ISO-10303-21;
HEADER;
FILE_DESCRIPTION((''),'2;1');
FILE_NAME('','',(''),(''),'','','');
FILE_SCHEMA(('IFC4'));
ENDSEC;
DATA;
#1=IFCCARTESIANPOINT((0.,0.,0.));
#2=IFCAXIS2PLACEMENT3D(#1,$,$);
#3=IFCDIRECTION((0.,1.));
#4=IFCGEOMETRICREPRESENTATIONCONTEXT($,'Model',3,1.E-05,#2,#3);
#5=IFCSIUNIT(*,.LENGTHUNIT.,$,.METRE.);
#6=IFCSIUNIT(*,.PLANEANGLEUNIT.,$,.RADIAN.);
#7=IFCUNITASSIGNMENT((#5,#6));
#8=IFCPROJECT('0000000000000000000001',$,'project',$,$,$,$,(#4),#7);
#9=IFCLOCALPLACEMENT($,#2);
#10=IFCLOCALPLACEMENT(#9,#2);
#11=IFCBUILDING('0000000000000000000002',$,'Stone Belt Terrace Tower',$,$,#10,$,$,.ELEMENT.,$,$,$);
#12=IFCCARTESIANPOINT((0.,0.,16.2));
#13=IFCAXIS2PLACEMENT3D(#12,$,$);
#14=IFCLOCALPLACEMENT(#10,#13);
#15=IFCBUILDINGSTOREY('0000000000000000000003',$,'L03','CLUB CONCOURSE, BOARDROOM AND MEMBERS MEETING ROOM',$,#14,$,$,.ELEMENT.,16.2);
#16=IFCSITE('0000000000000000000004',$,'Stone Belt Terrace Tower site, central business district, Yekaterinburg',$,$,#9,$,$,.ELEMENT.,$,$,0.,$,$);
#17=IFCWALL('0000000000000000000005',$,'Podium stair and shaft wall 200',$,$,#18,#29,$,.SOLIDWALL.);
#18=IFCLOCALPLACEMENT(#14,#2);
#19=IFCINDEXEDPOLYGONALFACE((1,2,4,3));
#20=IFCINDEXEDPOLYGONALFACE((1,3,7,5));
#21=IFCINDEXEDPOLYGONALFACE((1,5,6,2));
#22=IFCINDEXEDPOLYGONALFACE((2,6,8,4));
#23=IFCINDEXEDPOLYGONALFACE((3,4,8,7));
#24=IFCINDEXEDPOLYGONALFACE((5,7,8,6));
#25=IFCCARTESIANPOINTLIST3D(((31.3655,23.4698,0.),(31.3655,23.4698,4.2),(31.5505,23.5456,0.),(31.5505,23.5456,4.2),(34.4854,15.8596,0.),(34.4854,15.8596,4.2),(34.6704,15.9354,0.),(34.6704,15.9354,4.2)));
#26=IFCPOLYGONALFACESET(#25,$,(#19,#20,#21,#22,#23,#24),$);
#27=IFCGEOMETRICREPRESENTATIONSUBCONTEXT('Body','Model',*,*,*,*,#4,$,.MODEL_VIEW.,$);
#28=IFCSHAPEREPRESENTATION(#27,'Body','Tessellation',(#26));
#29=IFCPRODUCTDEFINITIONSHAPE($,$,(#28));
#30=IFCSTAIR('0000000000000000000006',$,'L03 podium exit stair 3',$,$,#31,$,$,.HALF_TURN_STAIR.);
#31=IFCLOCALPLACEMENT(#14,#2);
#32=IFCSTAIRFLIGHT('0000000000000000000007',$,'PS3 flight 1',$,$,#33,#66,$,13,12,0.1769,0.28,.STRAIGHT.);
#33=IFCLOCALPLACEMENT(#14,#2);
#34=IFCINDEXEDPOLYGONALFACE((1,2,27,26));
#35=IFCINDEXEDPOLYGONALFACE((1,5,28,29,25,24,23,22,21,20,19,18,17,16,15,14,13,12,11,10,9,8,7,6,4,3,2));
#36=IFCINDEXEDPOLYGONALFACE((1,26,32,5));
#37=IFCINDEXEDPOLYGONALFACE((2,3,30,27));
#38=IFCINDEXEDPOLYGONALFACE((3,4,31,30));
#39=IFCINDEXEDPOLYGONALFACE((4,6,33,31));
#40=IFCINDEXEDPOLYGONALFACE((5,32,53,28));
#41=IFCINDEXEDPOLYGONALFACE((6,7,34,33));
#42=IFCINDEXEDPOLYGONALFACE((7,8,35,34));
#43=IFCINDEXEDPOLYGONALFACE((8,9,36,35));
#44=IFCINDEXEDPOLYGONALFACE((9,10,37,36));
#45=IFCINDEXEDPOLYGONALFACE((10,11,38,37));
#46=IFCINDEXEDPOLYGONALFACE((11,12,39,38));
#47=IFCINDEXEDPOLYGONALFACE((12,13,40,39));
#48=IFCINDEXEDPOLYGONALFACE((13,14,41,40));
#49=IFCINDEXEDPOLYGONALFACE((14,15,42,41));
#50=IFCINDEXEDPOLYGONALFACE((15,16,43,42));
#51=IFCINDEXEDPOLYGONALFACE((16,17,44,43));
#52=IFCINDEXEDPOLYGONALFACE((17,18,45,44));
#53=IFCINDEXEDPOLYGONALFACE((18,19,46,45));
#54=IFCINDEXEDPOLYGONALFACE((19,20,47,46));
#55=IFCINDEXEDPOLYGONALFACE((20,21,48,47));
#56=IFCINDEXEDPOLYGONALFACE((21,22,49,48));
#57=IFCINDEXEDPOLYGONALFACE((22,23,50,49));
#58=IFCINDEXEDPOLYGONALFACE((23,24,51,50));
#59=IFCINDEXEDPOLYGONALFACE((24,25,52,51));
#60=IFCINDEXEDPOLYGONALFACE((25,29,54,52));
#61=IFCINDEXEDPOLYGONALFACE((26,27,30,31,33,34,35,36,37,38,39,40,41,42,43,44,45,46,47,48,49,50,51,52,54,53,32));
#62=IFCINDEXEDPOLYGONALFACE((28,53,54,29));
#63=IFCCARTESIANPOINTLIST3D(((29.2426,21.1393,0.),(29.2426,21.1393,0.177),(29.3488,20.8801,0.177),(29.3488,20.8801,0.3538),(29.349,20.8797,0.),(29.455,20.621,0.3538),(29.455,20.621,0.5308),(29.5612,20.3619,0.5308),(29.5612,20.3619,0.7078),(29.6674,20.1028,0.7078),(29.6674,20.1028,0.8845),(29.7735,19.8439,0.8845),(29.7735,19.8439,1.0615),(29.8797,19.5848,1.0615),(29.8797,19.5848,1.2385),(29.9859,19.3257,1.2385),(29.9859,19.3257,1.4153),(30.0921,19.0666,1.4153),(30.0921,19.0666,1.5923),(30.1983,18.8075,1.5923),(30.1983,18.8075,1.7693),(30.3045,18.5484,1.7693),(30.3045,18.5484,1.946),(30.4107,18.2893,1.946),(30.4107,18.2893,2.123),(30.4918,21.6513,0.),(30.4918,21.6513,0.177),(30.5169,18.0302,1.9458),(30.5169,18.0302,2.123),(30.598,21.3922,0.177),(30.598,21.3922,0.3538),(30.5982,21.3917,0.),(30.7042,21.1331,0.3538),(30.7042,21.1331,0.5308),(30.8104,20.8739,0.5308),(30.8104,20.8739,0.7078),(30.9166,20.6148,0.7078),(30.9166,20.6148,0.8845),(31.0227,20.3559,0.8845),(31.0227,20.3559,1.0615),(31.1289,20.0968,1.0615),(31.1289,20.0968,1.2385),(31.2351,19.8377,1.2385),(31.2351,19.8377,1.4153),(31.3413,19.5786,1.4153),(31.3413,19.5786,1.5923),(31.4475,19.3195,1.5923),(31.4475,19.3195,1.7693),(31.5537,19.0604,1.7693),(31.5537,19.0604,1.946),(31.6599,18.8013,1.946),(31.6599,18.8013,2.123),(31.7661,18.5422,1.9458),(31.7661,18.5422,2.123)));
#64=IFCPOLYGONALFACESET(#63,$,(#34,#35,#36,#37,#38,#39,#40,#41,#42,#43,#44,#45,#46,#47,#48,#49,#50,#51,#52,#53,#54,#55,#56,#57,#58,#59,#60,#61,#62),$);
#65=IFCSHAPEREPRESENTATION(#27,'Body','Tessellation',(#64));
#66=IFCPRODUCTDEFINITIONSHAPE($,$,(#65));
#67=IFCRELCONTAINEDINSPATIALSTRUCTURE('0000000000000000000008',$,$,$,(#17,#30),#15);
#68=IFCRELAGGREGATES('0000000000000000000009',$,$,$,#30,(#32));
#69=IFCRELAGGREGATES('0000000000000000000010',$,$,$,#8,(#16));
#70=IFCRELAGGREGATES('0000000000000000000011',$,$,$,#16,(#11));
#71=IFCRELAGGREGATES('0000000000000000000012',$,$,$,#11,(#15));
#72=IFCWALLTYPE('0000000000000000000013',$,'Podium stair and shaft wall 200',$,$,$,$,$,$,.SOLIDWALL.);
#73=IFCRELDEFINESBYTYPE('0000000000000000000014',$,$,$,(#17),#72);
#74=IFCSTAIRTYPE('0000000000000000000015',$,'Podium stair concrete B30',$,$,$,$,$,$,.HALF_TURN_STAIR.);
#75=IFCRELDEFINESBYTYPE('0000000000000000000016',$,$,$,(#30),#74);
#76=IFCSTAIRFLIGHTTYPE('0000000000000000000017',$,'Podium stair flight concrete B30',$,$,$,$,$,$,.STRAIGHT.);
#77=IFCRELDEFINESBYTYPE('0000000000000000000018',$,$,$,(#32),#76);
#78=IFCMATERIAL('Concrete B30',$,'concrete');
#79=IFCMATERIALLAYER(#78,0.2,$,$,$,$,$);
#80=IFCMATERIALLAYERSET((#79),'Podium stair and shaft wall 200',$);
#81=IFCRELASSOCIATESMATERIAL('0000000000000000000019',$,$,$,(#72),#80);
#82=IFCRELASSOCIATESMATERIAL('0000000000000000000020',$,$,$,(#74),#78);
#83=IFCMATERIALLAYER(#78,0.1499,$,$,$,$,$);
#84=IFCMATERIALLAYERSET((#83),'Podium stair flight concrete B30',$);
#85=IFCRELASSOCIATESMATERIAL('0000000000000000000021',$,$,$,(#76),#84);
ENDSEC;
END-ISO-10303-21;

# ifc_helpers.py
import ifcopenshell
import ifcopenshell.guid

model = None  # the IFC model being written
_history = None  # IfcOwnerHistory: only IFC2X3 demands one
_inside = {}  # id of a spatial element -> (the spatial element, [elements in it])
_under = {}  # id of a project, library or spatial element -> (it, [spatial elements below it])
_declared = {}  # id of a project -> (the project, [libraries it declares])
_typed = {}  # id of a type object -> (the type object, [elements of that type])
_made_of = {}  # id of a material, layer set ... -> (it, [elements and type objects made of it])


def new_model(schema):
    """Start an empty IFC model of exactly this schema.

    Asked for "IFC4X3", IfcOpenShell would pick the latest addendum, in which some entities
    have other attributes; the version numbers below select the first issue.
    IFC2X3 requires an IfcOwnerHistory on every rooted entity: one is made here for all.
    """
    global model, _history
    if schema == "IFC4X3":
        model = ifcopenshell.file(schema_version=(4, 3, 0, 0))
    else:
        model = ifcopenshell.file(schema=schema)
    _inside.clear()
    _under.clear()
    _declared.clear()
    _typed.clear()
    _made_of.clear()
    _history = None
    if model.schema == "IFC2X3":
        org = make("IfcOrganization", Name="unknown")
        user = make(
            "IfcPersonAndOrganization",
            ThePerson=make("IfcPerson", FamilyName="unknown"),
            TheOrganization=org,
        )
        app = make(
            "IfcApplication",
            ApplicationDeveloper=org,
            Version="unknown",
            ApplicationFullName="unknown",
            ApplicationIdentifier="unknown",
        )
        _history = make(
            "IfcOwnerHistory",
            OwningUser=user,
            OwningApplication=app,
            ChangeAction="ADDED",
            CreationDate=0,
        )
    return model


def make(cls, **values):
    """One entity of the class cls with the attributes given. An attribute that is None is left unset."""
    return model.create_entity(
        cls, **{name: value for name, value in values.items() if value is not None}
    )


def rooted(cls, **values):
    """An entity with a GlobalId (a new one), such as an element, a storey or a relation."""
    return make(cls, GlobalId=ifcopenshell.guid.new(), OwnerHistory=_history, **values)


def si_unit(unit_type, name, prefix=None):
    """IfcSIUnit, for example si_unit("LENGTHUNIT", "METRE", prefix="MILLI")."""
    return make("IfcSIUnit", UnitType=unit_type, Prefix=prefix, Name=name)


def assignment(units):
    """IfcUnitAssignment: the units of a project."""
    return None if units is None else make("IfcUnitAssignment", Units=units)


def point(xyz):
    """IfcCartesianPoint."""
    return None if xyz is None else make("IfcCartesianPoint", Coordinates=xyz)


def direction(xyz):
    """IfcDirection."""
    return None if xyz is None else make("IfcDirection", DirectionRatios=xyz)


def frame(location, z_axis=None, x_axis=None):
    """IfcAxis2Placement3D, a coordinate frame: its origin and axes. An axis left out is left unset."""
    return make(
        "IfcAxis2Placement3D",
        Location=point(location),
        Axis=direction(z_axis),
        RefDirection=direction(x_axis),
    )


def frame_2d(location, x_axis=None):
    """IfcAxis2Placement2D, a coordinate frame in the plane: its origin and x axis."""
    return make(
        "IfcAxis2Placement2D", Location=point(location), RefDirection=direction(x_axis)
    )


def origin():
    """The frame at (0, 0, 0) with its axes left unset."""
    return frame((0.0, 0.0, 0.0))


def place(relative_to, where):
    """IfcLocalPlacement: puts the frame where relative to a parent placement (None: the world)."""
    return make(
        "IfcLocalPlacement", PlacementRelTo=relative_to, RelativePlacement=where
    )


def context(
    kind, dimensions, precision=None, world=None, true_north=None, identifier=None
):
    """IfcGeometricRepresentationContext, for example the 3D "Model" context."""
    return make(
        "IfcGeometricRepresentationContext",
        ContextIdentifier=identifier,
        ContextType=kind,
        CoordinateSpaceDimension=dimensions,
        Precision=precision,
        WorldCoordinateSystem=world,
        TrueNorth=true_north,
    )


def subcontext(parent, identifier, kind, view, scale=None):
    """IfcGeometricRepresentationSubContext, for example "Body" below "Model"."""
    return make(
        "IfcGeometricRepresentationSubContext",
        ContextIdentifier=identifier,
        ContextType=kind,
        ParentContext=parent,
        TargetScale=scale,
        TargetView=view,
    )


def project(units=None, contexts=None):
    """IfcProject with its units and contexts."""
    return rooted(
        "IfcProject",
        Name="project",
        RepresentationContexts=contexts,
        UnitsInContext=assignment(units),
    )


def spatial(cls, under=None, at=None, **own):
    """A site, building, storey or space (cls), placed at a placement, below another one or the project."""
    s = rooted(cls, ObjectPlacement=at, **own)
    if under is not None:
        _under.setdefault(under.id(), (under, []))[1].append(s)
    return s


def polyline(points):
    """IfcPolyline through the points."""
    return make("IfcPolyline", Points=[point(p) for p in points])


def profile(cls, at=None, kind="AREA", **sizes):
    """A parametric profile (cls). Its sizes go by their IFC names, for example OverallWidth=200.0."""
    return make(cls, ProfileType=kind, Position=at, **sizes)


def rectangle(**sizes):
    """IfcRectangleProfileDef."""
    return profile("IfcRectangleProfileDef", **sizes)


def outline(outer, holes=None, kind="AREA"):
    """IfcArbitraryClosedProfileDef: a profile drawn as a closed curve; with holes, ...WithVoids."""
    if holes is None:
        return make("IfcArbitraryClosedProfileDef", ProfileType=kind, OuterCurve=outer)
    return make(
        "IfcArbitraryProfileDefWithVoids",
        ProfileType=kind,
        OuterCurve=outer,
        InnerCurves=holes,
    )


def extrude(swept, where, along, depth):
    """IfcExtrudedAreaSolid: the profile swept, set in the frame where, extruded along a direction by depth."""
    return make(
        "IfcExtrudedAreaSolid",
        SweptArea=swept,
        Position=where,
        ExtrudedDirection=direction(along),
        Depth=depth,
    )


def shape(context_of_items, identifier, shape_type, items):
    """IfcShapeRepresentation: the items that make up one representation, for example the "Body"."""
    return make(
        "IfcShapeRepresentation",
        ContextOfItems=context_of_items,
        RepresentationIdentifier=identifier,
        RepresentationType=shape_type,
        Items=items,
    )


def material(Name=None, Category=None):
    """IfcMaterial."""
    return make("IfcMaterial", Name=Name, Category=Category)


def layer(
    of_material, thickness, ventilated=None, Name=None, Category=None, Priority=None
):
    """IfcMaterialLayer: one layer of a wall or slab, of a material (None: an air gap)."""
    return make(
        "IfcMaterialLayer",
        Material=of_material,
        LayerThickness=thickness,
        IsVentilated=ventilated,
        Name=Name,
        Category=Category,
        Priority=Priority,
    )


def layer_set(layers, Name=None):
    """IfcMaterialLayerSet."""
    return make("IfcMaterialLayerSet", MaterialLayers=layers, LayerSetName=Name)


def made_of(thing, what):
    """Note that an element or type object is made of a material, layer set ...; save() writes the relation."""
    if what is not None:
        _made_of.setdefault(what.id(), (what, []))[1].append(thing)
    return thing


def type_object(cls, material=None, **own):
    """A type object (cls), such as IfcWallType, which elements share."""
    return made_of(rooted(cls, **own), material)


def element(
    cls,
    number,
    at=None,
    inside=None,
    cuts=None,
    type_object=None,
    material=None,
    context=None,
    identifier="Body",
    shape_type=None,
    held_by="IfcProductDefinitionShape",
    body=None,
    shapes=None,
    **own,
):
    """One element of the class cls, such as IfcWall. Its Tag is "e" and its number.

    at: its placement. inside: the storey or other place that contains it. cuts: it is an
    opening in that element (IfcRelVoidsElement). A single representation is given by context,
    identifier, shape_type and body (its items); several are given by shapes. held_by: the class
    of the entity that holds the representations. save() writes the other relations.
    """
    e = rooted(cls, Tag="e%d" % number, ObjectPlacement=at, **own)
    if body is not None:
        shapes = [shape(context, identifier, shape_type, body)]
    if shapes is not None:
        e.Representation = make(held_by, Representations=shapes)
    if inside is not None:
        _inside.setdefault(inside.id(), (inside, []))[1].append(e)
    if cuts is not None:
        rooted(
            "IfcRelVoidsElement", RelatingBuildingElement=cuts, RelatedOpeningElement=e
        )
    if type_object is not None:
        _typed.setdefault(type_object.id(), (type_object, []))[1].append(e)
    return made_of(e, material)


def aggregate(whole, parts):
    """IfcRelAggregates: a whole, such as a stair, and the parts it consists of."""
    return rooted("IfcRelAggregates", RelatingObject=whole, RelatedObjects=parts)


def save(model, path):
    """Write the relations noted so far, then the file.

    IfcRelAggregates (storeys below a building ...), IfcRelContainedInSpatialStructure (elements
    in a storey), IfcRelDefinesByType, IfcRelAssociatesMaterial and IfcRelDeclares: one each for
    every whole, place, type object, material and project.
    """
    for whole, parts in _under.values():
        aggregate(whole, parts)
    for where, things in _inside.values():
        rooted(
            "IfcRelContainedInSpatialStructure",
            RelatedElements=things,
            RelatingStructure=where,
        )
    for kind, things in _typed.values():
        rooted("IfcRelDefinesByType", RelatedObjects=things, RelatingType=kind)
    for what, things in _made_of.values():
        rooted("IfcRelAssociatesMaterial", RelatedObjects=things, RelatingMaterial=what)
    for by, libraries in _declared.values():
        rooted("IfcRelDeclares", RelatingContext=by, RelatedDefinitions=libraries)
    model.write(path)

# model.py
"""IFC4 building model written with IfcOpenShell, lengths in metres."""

from ifc_helpers import new_model, si_unit, direction, frame, frame_2d, origin, place, context, subcontext, project, spatial, polyline, rectangle, outline, extrude, material, layer, layer_set, type_object, element, aggregate, save


model = new_model("IFC4")

# Units and contexts
model_context = context("Model", 3, precision=1e-05, world=origin(), true_north=direction((0.0, 1.0)))
body_context = subcontext(model_context, "Body", "Model", "MODEL_VIEW")
ifc_project = project(units=[si_unit("LENGTHUNIT", "METRE"), si_unit("PLANEANGLEUNIT", "RADIAN")], contexts=[model_context])

# Site, building, storey
site_placement = place(None, origin())
site = spatial("IfcSite", under=ifc_project, at=site_placement, Name="Stone Belt Terrace Tower site, central business district, Yekaterinburg", CompositionType="ELEMENT", RefElevation=0.0)
building_placement = place(site_placement, origin())
building = spatial("IfcBuilding", under=site, at=building_placement, Name="Stone Belt Terrace Tower", CompositionType="ELEMENT")
storey_placement = place(building_placement, frame((0.0, 0.0, 16.2)))
storey = spatial("IfcBuildingStorey", under=building, at=storey_placement, Name="L03", Description="CLUB CONCOURSE, BOARDROOM AND MEMBERS MEETING ROOM", CompositionType="ELEMENT", Elevation=16.2)

# Shared definitions
ifc_material_1 = material(Name="Concrete B30", Category="concrete")
ifc_layer_1 = layer(ifc_material_1, 0.2)
ifc_layer_set_1 = layer_set([ifc_layer_1], Name="Podium stair and shaft wall 200")
wall_type_1 = type_object("IfcWallType", Name="Podium stair and shaft wall 200", PredefinedType="SOLIDWALL", material=ifc_layer_set_1)

# Wall
wall_1_placement = place(storey_placement, frame((31.458, 23.5076, 0.0), z_axis=(0.0, 0.0, 1.0), x_axis=(0.379325, -0.925263, 0.0)))
element("IfcWall", 1, at=wall_1_placement, inside=storey, type_object=wall_type_1, Name="Podium stair and shaft wall 200", PredefinedType="SOLIDWALL", context=body_context, shape_type="SweptSolid", body=[
    extrude(rectangle(XDim=8.2249, YDim=0.2, at=frame_2d((4.1123, 0.0))), origin(), (0.0, 0.0, 1.0), 4.2),
])

# Stair, stair flight
stair_type = type_object("IfcStairType", Name="Podium stair concrete B30", PredefinedType="HALF_TURN_STAIR", material=ifc_material_1)
stair_placement = place(storey_placement, origin())
stair = element("IfcStair", 2, at=stair_placement, inside=storey, type_object=stair_type, Name="L03 podium exit stair 3", PredefinedType="HALF_TURN_STAIR")
ifc_layer_2 = layer(ifc_material_1, 0.1499)
ifc_layer_set_2 = layer_set([ifc_layer_2], Name="Podium stair flight concrete B30")
stair_flight_type = type_object("IfcStairFlightType", Name="Podium stair flight concrete B30", PredefinedType="STRAIGHT", material=ifc_layer_set_2)
stair_flight_placement = place(storey_placement, frame((29.8672, 21.3953, 0.0), z_axis=(0.0, 0.0, 1.0), x_axis=(0.379243, -0.925297, 0.0)))
stair_flight = element("IfcStairFlight", 3, at=stair_flight_placement, type_object=stair_flight_type, Name="PS3 flight 1", NumberOfRisers=13, NumberOfTreads=12, PredefinedType="STRAIGHT", RiserHeight=0.1769, TreadLength=0.28, context=body_context, shape_type="SweptSolid", body=[
    extrude(outline(polyline([(0.0, 0.0), (0.0, 0.177), (0.28, 0.177), (0.28, 0.3538), (0.5601, 0.3538), (0.5601, 0.5308), (0.8401, 0.5308), (0.8401, 0.7078), (1.1201, 0.7078), (1.1201, 0.8845), (1.3999, 0.8845), (1.3999, 1.0615), (1.6799, 1.0615), (1.6799, 1.2385), (1.96, 1.2385), (1.96, 1.4153), (2.24, 1.4153), (2.24, 1.5923), (2.52, 1.5923), (2.52, 1.7693), (2.8, 1.7693), (2.8, 1.946), (3.0801, 1.946), (3.0801, 2.123), (3.3601, 2.123), (3.3601, 2.3), (3.3601, 1.9458), (0.2805, 0.0), (0.0, 0.0)])), frame((0.0, 0.675, 0.0), z_axis=(0.0, -1.0, 0.0), x_axis=(1.0, 0.0, 0.0)), (0.0, 0.0, 1.0), 1.3501),
])
aggregate(stair, [stair_flight])

save(model, "model.ifc")
